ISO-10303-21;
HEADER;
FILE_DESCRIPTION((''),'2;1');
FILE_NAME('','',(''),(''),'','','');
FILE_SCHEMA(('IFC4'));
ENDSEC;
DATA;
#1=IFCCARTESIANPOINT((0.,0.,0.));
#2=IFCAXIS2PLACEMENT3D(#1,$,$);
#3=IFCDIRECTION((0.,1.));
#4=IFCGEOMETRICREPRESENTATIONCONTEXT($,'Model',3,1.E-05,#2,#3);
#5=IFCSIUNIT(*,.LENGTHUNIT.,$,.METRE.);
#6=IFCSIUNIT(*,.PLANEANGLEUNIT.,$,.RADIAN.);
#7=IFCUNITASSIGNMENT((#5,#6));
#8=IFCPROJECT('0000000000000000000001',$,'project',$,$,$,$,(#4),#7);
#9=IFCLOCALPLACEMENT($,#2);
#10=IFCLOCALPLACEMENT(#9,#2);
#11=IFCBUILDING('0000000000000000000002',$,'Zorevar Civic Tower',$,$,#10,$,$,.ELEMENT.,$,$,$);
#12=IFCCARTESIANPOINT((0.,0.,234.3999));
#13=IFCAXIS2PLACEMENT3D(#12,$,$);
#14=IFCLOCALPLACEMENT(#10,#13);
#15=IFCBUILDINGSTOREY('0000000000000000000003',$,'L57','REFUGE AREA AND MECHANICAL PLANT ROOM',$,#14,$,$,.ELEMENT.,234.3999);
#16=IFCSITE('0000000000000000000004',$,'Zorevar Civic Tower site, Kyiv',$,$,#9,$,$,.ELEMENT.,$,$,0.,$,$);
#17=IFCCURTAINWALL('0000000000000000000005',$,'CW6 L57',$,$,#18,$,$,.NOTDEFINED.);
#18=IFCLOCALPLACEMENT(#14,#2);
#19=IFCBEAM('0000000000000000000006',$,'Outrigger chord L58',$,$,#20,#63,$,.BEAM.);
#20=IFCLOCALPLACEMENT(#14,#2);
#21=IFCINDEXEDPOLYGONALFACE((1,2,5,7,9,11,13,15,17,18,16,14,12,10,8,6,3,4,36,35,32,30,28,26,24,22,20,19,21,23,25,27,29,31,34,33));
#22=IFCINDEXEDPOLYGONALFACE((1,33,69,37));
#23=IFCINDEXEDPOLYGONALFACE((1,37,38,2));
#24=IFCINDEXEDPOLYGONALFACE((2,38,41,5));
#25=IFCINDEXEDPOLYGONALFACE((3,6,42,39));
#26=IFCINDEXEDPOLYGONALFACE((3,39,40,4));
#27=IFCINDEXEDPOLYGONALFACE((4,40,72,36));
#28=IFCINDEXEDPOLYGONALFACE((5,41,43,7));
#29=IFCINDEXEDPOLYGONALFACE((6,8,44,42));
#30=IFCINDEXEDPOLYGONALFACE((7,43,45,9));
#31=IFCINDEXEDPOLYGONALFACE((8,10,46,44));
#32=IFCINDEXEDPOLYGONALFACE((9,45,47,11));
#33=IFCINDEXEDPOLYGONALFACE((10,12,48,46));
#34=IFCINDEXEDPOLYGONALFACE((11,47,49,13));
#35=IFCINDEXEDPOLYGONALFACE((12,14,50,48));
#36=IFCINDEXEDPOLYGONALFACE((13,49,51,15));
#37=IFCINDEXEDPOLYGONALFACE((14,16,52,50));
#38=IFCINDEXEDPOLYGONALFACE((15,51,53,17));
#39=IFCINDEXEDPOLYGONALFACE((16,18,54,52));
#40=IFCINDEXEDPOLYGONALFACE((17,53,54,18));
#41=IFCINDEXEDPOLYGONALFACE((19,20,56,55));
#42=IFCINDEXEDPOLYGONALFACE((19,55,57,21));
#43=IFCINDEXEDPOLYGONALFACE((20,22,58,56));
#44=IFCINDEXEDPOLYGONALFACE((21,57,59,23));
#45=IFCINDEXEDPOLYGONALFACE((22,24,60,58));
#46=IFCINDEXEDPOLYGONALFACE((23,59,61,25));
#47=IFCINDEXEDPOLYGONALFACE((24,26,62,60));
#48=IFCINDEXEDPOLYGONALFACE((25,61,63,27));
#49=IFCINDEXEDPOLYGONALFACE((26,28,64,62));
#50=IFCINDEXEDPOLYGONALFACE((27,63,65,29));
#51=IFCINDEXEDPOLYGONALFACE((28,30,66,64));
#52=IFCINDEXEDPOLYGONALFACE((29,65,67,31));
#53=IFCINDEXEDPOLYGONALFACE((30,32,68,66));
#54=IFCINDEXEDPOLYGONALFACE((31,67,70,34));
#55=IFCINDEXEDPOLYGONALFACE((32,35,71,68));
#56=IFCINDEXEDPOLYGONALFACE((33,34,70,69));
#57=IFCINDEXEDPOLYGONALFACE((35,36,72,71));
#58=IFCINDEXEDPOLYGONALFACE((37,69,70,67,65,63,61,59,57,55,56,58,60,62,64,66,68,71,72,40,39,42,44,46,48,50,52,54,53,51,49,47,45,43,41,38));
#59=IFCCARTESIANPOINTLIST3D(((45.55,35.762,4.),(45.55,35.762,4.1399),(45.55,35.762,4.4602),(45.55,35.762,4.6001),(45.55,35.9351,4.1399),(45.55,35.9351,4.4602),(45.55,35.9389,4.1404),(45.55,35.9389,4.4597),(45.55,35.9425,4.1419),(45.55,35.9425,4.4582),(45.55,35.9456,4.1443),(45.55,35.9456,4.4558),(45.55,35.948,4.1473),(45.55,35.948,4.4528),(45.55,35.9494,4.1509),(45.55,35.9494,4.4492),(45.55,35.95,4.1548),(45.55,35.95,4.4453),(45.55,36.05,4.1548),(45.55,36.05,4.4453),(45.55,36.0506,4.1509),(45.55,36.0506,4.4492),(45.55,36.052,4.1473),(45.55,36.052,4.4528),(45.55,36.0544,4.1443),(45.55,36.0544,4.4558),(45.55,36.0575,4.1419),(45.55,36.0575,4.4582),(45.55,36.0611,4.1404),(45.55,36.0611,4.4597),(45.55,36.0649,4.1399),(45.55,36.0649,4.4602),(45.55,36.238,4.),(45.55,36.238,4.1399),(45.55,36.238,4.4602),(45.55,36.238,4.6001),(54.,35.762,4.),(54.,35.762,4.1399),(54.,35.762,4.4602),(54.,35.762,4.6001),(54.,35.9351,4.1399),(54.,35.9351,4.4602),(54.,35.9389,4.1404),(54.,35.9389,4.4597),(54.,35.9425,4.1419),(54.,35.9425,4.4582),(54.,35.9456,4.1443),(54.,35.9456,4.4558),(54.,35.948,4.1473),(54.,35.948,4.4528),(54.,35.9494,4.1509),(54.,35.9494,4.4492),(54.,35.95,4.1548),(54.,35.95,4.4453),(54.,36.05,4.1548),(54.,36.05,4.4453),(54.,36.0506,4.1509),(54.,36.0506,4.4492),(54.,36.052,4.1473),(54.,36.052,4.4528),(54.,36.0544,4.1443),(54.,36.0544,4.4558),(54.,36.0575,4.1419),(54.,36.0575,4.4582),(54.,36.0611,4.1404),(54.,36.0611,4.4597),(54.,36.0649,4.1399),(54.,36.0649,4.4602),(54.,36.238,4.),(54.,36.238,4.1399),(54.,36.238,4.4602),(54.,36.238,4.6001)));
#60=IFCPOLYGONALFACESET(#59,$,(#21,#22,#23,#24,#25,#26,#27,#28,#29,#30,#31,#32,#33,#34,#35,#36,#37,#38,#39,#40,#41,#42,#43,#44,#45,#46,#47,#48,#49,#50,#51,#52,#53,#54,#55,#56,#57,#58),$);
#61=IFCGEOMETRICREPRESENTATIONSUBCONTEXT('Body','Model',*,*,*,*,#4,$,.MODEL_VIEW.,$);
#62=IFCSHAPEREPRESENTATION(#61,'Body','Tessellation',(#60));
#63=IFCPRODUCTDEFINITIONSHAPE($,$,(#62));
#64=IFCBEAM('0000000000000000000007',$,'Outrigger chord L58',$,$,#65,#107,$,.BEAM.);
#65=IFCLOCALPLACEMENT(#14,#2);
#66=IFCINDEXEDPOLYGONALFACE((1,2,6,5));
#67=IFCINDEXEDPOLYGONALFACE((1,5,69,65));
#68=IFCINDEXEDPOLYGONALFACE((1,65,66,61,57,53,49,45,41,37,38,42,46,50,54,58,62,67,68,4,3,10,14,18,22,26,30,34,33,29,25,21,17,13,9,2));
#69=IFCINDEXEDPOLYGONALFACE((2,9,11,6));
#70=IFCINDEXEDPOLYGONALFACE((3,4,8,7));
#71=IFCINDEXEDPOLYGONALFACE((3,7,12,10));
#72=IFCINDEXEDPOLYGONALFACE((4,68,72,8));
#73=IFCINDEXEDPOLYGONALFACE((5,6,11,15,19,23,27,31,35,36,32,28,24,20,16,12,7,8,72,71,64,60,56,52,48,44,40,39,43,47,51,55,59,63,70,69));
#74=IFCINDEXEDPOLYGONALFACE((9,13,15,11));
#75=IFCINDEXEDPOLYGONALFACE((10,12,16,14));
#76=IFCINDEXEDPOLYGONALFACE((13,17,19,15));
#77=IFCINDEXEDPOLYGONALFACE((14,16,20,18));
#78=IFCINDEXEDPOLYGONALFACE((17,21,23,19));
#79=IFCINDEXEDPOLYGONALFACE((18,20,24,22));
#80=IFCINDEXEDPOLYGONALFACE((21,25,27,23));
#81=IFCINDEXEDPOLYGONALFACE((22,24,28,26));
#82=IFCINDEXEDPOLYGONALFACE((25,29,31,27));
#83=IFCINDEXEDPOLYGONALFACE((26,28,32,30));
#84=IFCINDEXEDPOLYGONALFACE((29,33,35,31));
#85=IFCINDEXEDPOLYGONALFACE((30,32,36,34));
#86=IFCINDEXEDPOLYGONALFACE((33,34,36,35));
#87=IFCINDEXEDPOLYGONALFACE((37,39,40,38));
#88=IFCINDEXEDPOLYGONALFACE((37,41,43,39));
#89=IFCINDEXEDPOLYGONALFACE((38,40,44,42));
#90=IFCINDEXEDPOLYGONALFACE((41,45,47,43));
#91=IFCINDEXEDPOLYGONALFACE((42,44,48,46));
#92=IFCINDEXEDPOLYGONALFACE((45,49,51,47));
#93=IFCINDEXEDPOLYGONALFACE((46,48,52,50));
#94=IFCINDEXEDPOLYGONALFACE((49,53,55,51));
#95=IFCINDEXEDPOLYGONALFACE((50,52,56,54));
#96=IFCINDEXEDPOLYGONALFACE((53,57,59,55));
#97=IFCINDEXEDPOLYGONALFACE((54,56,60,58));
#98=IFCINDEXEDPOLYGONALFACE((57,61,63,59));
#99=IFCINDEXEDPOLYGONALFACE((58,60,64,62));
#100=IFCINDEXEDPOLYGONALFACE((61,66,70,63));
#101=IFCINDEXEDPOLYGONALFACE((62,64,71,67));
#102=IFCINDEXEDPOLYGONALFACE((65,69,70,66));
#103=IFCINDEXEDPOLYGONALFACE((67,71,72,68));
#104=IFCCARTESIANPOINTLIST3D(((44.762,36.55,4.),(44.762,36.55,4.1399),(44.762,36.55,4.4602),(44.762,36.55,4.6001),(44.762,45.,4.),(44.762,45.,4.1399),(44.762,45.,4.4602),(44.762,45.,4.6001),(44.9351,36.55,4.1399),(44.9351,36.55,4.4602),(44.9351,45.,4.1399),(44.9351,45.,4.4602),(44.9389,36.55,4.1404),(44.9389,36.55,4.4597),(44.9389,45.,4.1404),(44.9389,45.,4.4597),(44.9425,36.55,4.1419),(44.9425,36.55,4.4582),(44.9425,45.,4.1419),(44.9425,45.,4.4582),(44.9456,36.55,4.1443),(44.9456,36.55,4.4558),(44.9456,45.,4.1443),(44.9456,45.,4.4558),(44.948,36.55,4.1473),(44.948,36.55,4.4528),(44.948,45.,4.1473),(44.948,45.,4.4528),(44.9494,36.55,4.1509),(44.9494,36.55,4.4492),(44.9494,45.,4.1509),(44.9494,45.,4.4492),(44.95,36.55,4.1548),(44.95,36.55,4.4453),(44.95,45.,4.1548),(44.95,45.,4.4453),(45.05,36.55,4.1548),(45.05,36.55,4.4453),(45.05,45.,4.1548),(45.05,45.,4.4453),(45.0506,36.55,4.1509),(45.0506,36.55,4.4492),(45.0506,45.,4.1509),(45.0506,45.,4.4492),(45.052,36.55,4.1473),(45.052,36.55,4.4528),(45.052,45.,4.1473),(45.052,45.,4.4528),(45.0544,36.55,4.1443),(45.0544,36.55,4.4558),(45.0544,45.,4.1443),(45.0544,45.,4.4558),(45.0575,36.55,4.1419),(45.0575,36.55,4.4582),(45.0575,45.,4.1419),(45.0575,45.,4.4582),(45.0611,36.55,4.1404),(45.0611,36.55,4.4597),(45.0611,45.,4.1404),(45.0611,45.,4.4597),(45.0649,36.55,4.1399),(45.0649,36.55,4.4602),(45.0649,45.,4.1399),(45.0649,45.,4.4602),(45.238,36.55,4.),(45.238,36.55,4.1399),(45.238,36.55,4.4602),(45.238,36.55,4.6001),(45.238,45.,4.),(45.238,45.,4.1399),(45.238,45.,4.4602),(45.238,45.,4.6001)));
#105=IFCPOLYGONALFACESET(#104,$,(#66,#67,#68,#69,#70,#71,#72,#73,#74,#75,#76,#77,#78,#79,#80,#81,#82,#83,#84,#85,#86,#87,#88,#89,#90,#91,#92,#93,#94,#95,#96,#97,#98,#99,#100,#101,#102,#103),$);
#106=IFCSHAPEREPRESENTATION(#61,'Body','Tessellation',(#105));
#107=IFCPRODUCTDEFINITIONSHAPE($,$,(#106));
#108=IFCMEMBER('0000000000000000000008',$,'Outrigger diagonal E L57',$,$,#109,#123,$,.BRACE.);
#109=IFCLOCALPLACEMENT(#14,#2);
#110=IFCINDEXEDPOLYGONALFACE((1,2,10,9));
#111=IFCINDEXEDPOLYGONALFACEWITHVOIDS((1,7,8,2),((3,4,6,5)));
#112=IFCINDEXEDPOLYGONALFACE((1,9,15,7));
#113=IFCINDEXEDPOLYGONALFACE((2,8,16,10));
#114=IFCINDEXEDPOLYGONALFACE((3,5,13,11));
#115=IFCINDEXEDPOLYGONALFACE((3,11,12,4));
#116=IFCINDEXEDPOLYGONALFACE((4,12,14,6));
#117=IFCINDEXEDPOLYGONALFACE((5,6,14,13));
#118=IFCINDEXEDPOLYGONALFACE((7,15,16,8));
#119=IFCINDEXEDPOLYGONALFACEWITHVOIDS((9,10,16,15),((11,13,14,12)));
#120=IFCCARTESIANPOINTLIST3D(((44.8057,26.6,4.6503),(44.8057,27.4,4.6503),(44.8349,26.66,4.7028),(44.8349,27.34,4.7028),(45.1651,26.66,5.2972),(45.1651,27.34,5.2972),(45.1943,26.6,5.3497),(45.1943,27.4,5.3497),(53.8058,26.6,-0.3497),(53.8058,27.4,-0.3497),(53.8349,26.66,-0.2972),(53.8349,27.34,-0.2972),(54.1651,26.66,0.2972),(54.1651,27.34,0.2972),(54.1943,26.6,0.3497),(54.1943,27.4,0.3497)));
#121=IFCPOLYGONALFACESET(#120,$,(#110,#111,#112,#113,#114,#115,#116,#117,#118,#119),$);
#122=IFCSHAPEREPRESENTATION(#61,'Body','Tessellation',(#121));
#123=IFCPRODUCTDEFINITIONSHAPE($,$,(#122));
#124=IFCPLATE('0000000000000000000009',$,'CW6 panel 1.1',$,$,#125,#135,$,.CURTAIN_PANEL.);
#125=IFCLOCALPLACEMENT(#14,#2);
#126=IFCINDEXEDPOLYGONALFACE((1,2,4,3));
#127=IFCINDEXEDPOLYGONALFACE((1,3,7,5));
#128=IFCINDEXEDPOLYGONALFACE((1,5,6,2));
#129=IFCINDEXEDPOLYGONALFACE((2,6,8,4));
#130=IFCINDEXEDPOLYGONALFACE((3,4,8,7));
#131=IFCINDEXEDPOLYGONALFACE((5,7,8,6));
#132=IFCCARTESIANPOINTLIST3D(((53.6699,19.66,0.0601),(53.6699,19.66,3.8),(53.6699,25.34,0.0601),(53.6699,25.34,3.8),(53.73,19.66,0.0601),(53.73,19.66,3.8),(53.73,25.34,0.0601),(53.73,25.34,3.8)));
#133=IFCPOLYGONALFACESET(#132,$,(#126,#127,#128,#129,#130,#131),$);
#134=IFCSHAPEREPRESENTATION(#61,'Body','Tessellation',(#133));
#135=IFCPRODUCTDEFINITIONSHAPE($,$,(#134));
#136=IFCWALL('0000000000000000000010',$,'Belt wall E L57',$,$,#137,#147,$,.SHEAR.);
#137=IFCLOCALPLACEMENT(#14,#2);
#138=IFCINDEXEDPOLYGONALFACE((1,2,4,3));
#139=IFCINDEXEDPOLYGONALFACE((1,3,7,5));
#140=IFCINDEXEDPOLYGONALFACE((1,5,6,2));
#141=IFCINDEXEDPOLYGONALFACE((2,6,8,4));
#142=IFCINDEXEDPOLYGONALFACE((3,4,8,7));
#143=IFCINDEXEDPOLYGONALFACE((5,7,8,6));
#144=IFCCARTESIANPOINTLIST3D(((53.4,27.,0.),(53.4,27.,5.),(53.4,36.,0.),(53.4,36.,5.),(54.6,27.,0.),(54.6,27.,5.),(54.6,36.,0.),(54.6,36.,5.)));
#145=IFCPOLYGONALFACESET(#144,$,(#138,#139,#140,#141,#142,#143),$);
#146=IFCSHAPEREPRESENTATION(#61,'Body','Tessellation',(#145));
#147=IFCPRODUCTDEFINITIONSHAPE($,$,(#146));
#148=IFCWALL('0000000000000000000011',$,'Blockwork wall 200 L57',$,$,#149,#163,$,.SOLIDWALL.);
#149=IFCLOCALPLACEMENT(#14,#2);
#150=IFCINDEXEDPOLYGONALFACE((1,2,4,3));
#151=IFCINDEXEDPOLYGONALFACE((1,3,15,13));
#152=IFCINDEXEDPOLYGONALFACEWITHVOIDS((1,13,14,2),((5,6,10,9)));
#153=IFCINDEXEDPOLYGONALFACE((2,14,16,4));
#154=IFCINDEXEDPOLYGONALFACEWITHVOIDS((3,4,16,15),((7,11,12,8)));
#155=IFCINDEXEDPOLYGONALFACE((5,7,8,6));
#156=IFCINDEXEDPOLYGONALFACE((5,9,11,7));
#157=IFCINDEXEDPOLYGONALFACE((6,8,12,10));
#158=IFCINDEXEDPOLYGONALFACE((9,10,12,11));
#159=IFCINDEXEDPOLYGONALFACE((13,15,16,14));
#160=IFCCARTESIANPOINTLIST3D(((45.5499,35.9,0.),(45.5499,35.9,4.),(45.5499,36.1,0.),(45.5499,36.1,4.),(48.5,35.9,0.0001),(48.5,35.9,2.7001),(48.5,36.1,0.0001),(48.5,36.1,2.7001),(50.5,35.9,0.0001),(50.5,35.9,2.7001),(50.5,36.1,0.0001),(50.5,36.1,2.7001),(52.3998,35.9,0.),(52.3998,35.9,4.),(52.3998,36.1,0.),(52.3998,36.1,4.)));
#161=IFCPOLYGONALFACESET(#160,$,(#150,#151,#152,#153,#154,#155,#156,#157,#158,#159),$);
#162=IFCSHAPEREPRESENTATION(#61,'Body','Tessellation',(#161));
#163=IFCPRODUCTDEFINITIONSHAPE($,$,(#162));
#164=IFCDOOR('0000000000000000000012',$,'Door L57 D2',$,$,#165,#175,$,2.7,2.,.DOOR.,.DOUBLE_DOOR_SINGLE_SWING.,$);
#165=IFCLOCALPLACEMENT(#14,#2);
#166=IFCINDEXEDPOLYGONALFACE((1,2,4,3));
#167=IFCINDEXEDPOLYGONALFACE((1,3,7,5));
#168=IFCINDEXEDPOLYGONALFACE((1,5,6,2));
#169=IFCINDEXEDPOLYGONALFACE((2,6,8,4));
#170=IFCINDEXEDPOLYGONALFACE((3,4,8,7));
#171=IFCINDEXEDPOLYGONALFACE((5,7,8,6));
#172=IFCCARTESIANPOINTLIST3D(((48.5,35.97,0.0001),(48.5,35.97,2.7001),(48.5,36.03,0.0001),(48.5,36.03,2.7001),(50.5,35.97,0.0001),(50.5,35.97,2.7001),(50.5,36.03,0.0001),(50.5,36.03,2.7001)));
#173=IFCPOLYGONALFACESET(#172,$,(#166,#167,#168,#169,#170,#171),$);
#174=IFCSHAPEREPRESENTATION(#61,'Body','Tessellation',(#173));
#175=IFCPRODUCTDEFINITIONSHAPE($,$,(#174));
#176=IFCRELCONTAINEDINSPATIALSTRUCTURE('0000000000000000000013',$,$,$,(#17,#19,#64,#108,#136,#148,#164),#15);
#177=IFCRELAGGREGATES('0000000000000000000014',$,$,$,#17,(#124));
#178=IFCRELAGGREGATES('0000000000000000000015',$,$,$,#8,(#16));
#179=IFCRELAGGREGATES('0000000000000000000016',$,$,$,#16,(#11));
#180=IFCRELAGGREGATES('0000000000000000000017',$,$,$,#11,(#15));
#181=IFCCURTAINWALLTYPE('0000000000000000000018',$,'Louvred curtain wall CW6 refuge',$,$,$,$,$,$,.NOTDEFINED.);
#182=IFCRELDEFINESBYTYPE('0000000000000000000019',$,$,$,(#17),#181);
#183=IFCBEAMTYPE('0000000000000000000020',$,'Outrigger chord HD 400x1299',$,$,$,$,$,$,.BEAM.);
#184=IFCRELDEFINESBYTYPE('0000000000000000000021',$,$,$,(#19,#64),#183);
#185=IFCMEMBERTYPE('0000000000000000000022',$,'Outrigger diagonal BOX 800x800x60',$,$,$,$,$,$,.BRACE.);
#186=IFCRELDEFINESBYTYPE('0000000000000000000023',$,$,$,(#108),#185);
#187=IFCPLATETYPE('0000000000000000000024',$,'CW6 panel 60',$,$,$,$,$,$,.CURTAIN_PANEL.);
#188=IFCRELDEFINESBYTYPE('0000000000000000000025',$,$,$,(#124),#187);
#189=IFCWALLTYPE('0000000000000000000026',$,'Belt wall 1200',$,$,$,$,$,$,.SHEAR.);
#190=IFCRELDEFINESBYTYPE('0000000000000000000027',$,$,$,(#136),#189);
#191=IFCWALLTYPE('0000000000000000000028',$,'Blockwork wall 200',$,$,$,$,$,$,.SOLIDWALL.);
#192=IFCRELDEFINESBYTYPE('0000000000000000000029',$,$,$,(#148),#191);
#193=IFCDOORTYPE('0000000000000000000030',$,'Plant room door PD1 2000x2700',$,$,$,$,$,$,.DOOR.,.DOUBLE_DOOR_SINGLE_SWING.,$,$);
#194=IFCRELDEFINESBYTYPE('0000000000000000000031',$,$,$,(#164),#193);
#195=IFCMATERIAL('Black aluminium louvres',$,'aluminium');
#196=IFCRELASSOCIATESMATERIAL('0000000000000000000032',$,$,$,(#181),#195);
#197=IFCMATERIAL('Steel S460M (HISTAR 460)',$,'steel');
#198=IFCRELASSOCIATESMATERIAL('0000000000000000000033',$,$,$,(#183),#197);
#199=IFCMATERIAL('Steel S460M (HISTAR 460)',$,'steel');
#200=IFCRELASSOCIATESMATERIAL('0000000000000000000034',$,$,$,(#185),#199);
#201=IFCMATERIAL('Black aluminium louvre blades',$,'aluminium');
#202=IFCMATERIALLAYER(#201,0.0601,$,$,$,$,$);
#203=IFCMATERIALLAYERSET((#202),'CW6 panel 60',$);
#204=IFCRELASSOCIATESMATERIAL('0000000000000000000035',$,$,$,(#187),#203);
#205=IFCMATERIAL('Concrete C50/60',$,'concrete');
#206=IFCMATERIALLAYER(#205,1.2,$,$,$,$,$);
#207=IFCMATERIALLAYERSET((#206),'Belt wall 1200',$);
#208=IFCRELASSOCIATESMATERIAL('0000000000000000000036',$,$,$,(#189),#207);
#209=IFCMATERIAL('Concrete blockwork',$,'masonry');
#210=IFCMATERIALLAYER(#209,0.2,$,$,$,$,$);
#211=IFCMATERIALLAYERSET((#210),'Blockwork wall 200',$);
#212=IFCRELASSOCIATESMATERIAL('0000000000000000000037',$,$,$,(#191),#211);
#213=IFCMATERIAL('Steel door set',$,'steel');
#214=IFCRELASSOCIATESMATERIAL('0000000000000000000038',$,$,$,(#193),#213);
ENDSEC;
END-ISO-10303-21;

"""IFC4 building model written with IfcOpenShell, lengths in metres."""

from ifc_helpers import new_model, si_unit, direction, frame, frame_2d, origin, origin_2d, place, context, subcontext, project, spatial, rectangle, hollow_rectangle, i_section, extrude, material, layer, layer_set, material_profile, profile_set, type_object, element, fill, aggregate, save


model = new_model("IFC4")

# Units and contexts
model_context = context("Model", 3, precision=1e-05, world=origin(), true_north=direction((0.0, 1.0)))
body_context = subcontext(model_context, "Body", "Model", "MODEL_VIEW")
ifc_project = project(units=[si_unit("LENGTHUNIT", "METRE"), si_unit("PLANEANGLEUNIT", "RADIAN")], contexts=[model_context])

# Site, building, storey
site_placement = place(None, origin())
site = spatial("IfcSite", under=ifc_project, at=site_placement, Name="Zorevar Civic Tower site, Kyiv", CompositionType="ELEMENT", RefElevation=0.0)
building_placement = place(site_placement, origin())
building = spatial("IfcBuilding", under=site, at=building_placement, Name="Zorevar Civic Tower", CompositionType="ELEMENT")
storey_placement = place(building_placement, frame((0.0, 0.0, 234.3999)))
storey = spatial("IfcBuildingStorey", under=building, at=storey_placement, Name="L57", Description="REFUGE AREA AND MECHANICAL PLANT ROOM", CompositionType="ELEMENT", Elevation=234.3999)

# Curtain wall
ifc_material_1 = material(Name="Black aluminium louvres", Category="aluminium")
curtain_wall_type = type_object("IfcCurtainWallType", Name="Louvred curtain wall CW6 refuge", PredefinedType="NOTDEFINED", material=ifc_material_1)
curtain_wall_placement = place(storey_placement, origin())
curtain_wall = element("IfcCurtainWall", 1, at=curtain_wall_placement, inside=storey, type_object=curtain_wall_type, Name="CW6 L57", PredefinedType="NOTDEFINED")

# Beams
ifc_material_2 = material(Name="Steel S460M (HISTAR 460)", Category="steel")
ifc_material_profile_1 = material_profile(ifc_material_2, i_section(OverallWidth=0.4761, OverallDepth=0.6001, WebThickness=0.1001, FlangeThickness=0.1399, FilletRadius=0.0149, at=origin_2d()), Name="HD 400x1299")
ifc_profile_set_1 = profile_set([ifc_material_profile_1], Name="Steel S460M (HISTAR 460)")
beam_type_1 = type_object("IfcBeamType", Name="Outrigger chord HD 400x1299", PredefinedType="BEAM", material=ifc_profile_set_1)
for number, where, z_axis, x_axis, name in (
    (2, (45.55, 36.0, 4.3), (1.0, 0.0, 0.0), (0.0, 1.0, 0.0), "Outrigger chord L58"),
    (3, (45.0, 36.55, 4.3), (0.0, 1.0, 0.0), (-1.0, 0.0, 0.0), "Outrigger chord L58"),
):
    element("IfcBeam", number, at=place(storey_placement, frame(where, z_axis=z_axis, x_axis=x_axis)), inside=storey, type_object=beam_type_1, Name=name, PredefinedType="BEAM", context=body_context, shape_type="SweptSolid", body=[
        extrude(i_section(OverallWidth=0.4761, OverallDepth=0.6001, WebThickness=0.1001, FlangeThickness=0.1399, FilletRadius=0.0149, at=origin_2d()), origin(), (0.0, 0.0, 1.0), 8.45),
    ])

# Member
ifc_material_3 = material(Name="Steel S460M (HISTAR 460)", Category="steel")
ifc_material_profile_2 = material_profile(ifc_material_3, hollow_rectangle(XDim=0.8, YDim=0.8, WallThickness=0.0601, at=origin_2d()), Name="BOX 800x800x60")
ifc_profile_set_2 = profile_set([ifc_material_profile_2], Name="Steel S460M (HISTAR 460)")
member_type_1 = type_object("IfcMemberType", Name="Outrigger diagonal BOX 800x800x60", PredefinedType="BRACE", material=ifc_profile_set_2)
member_1_placement = place(storey_placement, frame((45.0, 27.0, 5.0), z_axis=(0.874157, 0.0, -0.485643), x_axis=(0.0, 1.0, 0.0)))
element("IfcMember", 4, at=member_1_placement, inside=storey, type_object=member_type_1, Name="Outrigger diagonal E L57", PredefinedType="BRACE", context=body_context, shape_type="SweptSolid", body=[
    extrude(hollow_rectangle(XDim=0.8, YDim=0.8, WallThickness=0.0601, at=origin_2d()), origin(), (0.0, 0.0, 1.0), 10.2957),
])

# Plate
ifc_material_4 = material(Name="Black aluminium louvre blades", Category="aluminium")
ifc_layer_1 = layer(ifc_material_4, 0.0601)
ifc_layer_set_1 = layer_set([ifc_layer_1], Name="CW6 panel 60")
plate_type = type_object("IfcPlateType", Name="CW6 panel 60", PredefinedType="CURTAIN_PANEL", material=ifc_layer_set_1)
plate_placement = place(storey_placement, frame((53.7, 22.5, 0.0601), z_axis=(0.0, 0.0, 1.0), x_axis=(0.0, 1.0, 0.0)))
plate = element("IfcPlate", 5, at=plate_placement, type_object=plate_type, Name="CW6 panel 1.1", PredefinedType="CURTAIN_PANEL", context=body_context, shape_type="SweptSolid", body=[
    extrude(rectangle(XDim=5.6799, YDim=0.0601, at=origin_2d()), origin(), (0.0, 0.0, 1.0), 3.74),
])
aggregate(curtain_wall, [plate])

# Wall
ifc_material_5 = material(Name="Concrete C50/60", Category="concrete")
ifc_layer_2 = layer(ifc_material_5, 1.2)
ifc_layer_set_2 = layer_set([ifc_layer_2], Name="Belt wall 1200")
wall_type_1 = type_object("IfcWallType", Name="Belt wall 1200", PredefinedType="SHEAR", material=ifc_layer_set_2)
wall_1_placement = place(storey_placement, frame((54.0, 27.0, 0.0), z_axis=(0.0, 0.0, 1.0), x_axis=(0.0, 1.0, 0.0)))
element("IfcWall", 6, at=wall_1_placement, inside=storey, type_object=wall_type_1, Name="Belt wall E L57", PredefinedType="SHEAR", context=body_context, shape_type="SweptSolid", body=[
    extrude(rectangle(XDim=9.0, YDim=1.2, at=frame_2d((4.5, 0.0))), origin(), (0.0, 0.0, 1.0), 5.0),
])

# Wall, opening, door
ifc_material_6 = material(Name="Concrete blockwork", Category="masonry")
ifc_layer_3 = layer(ifc_material_6, 0.2)
ifc_layer_set_3 = layer_set([ifc_layer_3], Name="Blockwork wall 200")
wall_type_2 = type_object("IfcWallType", Name="Blockwork wall 200", PredefinedType="SOLIDWALL", material=ifc_layer_set_3)
wall_2_placement = place(storey_placement, frame((45.55, 36.0, 0.0), z_axis=(0.0, 0.0, 1.0), x_axis=(1.0, 0.0, 0.0)))
wall_2 = element("IfcWall", 7, at=wall_2_placement, inside=storey, type_object=wall_type_2, Name="Blockwork wall 200 L57", PredefinedType="SOLIDWALL", context=body_context, shape_type="SweptSolid", body=[
    extrude(rectangle(XDim=6.8499, YDim=0.2, at=frame_2d((3.4248, 0.0))), origin(), (0.0, 0.0, 1.0), 4.0),
])
opening_1_placement = place(wall_2_placement, frame((2.95, 0.0, 0.0)))
opening_1 = element("IfcOpeningElement", 8, at=opening_1_placement, cuts=wall_2, PredefinedType="OPENING", context=body_context, shape_type="SweptSolid", body=[
    extrude(rectangle(XDim=2.0, YDim=2.7, at=frame_2d((1.0, 1.3501))), frame((0.0, 0.1099, 0.0), z_axis=(0.0, -1.0, 0.0), x_axis=(1.0, 0.0, 0.0)), (0.0, 0.0, 1.0), 0.22),
])
ifc_material_7 = material(Name="Steel door set", Category="steel")
door_type_1 = type_object("IfcDoorType", Name="Plant room door PD1 2000x2700", OperationType="DOUBLE_DOOR_SINGLE_SWING", PredefinedType="DOOR", material=ifc_material_7)
door_1_placement = place(opening_1_placement, origin())
door_1 = element("IfcDoor", 9, at=door_1_placement, inside=storey, type_object=door_type_1, Name="Door L57 D2", OperationType="DOUBLE_DOOR_SINGLE_SWING", OverallHeight=2.7, OverallWidth=2.0, PredefinedType="DOOR", context=body_context, shape_type="SweptSolid", body=[
    extrude(rectangle(XDim=2.0, YDim=2.7, at=frame_2d((1.0, 1.3501))), frame((0.0, 0.03, 0.0), z_axis=(0.0, -1.0, 0.0), x_axis=(1.0, 0.0, 0.0)), (0.0, 0.0, 1.0), 0.0601),
])
fill(opening_1, door_1)

save(model, "model.ifc")
